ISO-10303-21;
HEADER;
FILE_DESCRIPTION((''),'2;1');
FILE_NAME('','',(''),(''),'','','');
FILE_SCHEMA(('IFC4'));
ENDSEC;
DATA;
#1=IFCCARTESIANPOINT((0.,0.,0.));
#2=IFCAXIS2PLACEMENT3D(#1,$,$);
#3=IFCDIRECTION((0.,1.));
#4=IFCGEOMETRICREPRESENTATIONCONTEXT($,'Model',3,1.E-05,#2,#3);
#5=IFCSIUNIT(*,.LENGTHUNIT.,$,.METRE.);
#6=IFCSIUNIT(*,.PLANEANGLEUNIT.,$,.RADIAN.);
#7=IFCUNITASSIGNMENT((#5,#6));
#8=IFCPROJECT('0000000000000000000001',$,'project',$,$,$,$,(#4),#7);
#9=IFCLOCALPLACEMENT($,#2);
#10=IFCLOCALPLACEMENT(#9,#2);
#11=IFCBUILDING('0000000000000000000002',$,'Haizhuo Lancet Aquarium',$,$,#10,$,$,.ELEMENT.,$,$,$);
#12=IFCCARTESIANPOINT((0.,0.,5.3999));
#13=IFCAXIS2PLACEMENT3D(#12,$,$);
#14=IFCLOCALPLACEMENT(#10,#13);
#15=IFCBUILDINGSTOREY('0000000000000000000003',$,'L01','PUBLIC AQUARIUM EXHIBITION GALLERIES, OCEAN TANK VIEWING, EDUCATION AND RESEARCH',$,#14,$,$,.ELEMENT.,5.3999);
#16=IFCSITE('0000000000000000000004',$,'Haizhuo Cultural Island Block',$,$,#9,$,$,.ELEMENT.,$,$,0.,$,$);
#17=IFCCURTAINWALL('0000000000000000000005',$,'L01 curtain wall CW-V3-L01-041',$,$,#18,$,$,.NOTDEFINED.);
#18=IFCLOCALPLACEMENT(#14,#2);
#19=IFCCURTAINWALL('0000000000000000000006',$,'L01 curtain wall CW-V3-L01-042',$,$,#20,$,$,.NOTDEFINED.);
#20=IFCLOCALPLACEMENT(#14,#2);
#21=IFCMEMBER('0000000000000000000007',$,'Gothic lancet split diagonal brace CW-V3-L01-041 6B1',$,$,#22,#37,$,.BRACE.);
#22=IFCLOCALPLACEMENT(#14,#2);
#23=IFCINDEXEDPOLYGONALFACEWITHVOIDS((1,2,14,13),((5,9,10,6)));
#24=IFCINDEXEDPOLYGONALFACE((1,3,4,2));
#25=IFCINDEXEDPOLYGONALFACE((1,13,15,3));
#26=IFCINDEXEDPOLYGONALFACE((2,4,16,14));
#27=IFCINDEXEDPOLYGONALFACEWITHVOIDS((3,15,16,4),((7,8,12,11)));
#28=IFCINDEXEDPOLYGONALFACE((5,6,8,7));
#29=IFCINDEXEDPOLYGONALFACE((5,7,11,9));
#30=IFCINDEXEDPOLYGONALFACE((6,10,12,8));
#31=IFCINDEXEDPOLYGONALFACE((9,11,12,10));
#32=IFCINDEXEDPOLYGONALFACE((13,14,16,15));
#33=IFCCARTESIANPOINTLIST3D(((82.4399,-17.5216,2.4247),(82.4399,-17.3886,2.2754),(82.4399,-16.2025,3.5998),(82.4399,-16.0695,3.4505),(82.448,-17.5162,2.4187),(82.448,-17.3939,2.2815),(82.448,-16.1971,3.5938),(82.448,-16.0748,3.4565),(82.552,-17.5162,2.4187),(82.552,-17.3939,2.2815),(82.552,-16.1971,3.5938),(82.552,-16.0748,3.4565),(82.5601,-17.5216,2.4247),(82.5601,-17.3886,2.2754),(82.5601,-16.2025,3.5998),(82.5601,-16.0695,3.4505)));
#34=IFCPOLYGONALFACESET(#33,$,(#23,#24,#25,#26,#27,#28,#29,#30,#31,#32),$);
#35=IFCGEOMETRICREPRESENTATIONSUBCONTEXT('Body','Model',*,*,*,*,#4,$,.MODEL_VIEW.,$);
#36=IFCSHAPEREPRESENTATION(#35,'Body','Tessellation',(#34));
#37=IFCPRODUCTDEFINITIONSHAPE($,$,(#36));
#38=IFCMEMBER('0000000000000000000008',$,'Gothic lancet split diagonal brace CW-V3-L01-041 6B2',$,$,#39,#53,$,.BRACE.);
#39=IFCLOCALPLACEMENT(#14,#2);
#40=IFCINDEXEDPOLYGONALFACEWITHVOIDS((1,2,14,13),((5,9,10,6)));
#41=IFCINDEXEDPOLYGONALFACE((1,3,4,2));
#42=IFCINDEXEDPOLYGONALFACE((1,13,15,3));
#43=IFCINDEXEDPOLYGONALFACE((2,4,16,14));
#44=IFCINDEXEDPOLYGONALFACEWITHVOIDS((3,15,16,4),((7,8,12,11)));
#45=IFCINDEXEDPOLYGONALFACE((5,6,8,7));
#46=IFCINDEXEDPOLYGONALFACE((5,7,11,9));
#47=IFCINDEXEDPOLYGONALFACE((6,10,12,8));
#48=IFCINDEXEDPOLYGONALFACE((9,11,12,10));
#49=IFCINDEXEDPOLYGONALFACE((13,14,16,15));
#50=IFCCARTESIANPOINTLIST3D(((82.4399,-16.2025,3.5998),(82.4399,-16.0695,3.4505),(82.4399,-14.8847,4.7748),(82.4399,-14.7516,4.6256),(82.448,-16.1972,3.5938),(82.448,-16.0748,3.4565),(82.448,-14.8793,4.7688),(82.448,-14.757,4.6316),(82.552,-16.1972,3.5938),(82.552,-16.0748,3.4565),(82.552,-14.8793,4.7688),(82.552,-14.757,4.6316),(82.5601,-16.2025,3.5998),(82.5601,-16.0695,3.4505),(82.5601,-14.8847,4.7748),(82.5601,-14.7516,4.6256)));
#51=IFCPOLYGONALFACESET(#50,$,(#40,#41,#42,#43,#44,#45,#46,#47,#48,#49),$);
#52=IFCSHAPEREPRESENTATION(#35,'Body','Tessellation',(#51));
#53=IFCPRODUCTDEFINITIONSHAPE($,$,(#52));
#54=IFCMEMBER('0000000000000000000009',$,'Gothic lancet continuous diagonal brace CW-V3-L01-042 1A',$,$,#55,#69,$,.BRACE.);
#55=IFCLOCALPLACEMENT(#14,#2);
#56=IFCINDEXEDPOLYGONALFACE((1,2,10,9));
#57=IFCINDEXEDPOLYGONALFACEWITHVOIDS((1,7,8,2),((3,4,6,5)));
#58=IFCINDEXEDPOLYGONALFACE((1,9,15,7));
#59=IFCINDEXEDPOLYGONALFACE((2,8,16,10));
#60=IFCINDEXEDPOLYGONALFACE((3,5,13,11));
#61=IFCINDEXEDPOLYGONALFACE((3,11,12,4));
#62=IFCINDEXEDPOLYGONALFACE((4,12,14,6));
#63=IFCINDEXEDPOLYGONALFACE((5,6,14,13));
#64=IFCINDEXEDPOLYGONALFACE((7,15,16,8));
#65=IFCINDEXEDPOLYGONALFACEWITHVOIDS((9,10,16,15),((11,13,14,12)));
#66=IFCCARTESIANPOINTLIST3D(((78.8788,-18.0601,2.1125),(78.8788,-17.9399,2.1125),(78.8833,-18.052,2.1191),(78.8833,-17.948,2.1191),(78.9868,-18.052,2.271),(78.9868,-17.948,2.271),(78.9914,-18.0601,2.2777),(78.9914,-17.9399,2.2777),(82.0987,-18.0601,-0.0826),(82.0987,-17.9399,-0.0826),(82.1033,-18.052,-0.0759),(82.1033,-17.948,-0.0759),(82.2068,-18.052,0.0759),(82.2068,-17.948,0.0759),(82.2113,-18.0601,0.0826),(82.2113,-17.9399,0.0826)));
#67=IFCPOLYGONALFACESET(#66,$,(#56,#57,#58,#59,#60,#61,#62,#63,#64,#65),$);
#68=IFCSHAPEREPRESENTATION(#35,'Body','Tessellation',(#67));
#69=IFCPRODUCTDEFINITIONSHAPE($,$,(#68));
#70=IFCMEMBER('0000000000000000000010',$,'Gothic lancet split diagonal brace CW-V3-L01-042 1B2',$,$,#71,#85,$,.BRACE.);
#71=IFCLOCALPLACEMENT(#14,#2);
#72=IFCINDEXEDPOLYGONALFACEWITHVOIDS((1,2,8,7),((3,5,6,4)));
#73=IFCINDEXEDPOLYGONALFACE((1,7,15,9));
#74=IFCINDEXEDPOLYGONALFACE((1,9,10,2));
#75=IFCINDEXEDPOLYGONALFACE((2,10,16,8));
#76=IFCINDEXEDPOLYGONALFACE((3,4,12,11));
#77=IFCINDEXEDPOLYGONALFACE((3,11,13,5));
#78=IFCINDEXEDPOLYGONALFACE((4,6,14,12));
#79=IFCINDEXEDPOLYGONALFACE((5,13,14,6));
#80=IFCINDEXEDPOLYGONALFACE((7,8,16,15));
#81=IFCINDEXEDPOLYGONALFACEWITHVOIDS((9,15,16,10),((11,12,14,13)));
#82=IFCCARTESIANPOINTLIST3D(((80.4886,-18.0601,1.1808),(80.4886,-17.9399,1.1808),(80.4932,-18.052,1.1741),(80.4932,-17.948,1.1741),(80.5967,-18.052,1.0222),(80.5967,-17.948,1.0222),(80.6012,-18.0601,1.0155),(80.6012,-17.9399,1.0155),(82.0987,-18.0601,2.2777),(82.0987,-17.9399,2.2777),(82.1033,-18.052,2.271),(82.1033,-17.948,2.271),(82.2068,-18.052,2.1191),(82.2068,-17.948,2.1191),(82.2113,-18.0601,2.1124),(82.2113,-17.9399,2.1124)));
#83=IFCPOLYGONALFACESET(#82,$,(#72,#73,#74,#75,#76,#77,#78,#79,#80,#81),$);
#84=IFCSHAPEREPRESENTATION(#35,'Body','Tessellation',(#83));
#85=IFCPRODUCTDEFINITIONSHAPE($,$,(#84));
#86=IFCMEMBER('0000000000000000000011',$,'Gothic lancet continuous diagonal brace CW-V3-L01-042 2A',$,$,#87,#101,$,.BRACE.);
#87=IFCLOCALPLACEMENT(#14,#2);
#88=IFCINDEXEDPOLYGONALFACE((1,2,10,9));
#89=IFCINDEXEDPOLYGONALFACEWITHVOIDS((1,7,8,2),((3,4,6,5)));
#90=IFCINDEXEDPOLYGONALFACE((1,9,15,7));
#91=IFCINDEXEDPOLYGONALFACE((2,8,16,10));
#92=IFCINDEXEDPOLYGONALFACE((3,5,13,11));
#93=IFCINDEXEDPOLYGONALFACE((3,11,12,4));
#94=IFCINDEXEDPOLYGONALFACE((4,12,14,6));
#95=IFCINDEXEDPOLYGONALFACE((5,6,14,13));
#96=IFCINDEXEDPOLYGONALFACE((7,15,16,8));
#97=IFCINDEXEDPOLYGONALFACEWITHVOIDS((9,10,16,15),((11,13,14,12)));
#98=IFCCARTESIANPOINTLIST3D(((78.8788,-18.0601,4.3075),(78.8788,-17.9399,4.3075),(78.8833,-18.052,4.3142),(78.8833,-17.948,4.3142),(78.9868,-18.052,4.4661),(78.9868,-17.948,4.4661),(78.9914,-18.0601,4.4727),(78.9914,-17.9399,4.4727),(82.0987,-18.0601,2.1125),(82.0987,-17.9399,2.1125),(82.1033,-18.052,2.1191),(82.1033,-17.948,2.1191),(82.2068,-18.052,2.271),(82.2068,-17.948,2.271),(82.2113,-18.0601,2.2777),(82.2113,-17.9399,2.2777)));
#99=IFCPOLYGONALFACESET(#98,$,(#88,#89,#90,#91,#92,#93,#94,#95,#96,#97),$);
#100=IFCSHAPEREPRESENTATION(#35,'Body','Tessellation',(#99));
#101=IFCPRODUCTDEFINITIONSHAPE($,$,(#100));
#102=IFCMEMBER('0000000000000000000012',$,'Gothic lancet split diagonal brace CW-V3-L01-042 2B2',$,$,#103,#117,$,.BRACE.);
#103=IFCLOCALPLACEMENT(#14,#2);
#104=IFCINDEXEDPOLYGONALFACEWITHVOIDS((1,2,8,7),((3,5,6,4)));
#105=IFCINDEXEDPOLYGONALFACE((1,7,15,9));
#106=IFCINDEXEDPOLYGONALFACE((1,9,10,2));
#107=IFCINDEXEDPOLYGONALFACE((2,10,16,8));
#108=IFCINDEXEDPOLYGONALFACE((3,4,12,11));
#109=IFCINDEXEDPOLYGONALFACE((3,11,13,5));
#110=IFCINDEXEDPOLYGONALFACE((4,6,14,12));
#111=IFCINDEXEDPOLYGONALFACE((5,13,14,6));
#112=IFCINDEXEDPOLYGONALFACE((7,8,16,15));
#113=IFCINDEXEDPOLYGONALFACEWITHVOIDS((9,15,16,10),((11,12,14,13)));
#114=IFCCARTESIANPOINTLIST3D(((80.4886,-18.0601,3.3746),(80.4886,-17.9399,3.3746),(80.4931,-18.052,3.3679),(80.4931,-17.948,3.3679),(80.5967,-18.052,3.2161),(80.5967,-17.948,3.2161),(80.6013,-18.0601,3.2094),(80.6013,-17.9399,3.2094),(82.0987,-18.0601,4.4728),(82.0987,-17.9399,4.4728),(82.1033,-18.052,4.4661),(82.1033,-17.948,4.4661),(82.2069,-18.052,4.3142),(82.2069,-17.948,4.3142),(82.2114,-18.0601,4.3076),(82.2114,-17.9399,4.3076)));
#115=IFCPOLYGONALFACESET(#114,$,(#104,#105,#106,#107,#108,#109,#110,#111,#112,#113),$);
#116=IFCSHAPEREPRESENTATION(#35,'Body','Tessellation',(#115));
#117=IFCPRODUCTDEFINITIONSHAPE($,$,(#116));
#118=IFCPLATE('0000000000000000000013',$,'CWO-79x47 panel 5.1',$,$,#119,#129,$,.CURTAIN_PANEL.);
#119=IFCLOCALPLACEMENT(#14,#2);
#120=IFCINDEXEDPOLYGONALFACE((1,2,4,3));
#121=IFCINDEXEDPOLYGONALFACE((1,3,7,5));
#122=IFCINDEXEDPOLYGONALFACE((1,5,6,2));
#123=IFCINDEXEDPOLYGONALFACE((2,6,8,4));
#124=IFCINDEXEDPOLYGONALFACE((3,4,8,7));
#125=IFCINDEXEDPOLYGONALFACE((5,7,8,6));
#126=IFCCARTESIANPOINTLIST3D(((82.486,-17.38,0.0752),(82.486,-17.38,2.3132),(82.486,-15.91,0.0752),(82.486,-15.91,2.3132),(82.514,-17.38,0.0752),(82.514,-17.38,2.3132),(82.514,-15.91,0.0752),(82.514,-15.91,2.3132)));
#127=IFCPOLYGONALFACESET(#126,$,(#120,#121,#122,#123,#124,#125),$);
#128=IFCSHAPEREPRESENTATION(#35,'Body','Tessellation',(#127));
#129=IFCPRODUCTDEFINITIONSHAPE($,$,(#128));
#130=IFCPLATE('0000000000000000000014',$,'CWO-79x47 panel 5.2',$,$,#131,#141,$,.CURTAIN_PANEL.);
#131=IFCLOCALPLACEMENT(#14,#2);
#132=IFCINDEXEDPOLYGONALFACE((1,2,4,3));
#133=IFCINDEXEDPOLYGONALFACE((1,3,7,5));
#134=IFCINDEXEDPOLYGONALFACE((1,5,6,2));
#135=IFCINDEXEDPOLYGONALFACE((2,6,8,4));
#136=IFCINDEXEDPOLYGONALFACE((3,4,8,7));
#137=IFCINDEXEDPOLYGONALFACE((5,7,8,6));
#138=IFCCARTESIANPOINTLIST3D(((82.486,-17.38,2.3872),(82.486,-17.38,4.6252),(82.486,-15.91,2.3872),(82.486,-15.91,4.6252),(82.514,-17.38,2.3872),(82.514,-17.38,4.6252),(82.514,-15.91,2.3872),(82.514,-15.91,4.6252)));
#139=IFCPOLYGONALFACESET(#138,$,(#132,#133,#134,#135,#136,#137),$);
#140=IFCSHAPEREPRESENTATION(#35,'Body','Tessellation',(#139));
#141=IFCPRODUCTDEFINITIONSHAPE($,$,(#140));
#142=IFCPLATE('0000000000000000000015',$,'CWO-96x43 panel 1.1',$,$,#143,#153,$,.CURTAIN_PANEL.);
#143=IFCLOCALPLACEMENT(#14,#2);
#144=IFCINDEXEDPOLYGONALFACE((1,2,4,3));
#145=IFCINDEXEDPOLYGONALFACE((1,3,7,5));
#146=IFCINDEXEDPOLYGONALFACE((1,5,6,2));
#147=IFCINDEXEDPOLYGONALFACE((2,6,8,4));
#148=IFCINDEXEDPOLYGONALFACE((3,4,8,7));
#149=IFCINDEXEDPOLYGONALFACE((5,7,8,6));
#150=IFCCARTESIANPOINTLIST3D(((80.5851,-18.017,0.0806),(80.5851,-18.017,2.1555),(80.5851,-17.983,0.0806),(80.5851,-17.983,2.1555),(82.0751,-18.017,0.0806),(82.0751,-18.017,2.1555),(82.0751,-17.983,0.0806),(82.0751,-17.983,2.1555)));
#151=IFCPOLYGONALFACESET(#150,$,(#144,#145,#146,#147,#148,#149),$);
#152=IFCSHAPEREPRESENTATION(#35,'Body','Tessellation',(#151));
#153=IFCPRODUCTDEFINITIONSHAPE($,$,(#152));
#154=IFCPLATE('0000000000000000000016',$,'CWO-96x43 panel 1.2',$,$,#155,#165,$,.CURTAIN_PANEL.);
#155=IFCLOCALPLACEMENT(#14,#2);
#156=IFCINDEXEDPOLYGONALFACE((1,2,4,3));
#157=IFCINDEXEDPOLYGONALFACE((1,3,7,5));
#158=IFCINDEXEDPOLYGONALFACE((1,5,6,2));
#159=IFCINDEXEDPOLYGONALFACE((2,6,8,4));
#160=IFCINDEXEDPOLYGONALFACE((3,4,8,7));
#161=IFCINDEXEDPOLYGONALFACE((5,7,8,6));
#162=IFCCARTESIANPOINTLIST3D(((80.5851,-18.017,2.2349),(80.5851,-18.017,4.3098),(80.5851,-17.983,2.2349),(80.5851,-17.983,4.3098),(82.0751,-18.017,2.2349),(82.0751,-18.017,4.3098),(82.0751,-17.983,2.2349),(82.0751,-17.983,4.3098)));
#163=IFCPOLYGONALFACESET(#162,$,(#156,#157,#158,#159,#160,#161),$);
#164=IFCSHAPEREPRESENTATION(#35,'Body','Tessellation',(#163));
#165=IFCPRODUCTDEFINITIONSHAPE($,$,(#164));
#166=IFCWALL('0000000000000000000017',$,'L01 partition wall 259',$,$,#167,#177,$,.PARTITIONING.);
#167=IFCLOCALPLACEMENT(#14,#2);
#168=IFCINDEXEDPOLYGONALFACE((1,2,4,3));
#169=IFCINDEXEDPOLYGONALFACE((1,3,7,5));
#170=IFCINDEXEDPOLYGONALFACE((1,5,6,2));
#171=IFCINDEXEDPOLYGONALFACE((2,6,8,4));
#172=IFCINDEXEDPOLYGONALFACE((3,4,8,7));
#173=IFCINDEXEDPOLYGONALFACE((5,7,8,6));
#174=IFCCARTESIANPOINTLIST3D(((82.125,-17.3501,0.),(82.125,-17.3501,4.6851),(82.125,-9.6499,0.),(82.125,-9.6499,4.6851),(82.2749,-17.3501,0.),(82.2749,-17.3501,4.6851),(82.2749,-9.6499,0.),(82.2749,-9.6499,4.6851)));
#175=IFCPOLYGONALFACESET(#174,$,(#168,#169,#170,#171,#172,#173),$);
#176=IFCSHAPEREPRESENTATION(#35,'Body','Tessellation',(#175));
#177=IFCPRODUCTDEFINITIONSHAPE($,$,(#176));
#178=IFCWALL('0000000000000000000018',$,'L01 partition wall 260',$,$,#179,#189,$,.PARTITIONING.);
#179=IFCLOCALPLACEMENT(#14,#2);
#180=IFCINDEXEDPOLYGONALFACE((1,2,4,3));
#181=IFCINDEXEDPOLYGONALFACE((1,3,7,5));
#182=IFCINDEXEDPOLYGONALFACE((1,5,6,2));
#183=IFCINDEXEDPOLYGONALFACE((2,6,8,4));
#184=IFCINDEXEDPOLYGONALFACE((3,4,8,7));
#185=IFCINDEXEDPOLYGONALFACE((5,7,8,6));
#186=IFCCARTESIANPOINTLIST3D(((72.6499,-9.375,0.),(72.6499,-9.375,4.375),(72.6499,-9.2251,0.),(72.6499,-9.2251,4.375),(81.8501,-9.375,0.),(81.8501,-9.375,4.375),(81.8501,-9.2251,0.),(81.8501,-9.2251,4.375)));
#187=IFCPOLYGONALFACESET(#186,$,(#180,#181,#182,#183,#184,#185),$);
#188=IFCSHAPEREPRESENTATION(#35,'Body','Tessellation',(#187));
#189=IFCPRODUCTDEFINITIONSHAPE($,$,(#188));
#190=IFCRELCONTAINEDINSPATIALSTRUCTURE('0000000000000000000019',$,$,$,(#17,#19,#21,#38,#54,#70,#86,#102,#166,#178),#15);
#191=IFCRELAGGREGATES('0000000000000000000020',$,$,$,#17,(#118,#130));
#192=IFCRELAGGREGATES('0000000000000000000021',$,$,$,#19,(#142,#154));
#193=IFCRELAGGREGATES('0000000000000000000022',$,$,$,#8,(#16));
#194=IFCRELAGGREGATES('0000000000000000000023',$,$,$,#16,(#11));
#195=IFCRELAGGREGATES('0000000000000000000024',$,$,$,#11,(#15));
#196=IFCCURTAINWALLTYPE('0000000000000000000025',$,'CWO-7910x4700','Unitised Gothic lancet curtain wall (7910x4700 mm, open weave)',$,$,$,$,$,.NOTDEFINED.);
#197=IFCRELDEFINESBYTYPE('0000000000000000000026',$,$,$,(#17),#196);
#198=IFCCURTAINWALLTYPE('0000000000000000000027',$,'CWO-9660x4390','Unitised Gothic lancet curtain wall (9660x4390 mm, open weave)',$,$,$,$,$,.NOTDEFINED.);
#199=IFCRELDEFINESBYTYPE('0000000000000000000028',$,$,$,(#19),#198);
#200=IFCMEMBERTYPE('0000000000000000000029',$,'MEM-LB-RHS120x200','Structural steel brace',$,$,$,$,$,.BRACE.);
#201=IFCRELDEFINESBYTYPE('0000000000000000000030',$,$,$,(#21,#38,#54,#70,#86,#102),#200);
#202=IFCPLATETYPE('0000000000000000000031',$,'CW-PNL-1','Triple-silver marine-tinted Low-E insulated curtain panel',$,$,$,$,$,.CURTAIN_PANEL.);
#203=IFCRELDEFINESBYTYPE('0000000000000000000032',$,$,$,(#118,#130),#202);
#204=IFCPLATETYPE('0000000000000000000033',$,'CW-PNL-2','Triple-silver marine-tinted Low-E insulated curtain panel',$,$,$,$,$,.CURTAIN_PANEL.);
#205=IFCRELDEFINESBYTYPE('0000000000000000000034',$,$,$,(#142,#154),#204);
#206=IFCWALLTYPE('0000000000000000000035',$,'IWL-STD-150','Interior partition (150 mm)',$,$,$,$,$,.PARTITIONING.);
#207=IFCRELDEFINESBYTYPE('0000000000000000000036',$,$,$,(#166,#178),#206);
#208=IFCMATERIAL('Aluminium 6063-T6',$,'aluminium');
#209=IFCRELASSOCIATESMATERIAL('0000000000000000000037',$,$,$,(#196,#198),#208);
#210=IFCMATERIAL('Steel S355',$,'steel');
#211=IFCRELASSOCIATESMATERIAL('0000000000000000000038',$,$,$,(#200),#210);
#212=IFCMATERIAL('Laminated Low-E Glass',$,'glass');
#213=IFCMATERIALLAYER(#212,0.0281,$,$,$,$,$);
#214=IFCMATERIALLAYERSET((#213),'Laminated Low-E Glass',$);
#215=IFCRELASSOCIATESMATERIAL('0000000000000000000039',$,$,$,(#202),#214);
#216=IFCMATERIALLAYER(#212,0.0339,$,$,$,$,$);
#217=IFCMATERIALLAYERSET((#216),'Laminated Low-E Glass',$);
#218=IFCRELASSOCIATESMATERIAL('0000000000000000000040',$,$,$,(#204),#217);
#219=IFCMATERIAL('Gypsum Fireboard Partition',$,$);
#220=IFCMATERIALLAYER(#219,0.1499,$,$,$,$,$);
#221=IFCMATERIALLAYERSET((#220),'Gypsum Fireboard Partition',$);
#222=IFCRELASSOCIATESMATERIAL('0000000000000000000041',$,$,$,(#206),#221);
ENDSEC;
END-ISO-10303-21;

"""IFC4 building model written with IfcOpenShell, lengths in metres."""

from ifc_helpers import new_model, si_unit, direction, frame, frame_2d, origin, origin_2d, place, context, subcontext, project, spatial, rectangle, hollow_rectangle, extrude, material, layer, layer_set, material_profile, profile_set, type_object, element, aggregate, save


model = new_model("IFC4")

# Units and contexts
model_context = context("Model", 3, precision=1e-05, world=origin(), true_north=direction((0.0, 1.0)))
body_context = subcontext(model_context, "Body", "Model", "MODEL_VIEW")
ifc_project = project(units=[si_unit("LENGTHUNIT", "METRE"), si_unit("PLANEANGLEUNIT", "RADIAN")], contexts=[model_context])

# Site, building, storey
site_placement = place(None, origin())
site = spatial("IfcSite", under=ifc_project, at=site_placement, Name="Haizhuo Cultural Island Block", CompositionType="ELEMENT", RefElevation=0.0)
building_placement = place(site_placement, origin())
building = spatial("IfcBuilding", under=site, at=building_placement, Name="Haizhuo Lancet Aquarium", CompositionType="ELEMENT")
storey_placement = place(building_placement, frame((0.0, 0.0, 5.3999)))
storey = spatial("IfcBuildingStorey", under=building, at=storey_placement, Name="L01", Description="PUBLIC AQUARIUM EXHIBITION GALLERIES, OCEAN TANK VIEWING, EDUCATION AND RESEARCH", CompositionType="ELEMENT", Elevation=5.3999)

# Curtain wall
ifc_material_1 = material(Name="Aluminium 6063-T6", Category="aluminium")
curtain_wall_type_1 = type_object("IfcCurtainWallType", Name="CWO-7910x4700", Description="Unitised Gothic lancet curtain wall (7910x4700 mm, open weave)", PredefinedType="NOTDEFINED", material=ifc_material_1)
curtain_wall_1_placement = place(storey_placement, origin())
curtain_wall_1 = element("IfcCurtainWall", 1, at=curtain_wall_1_placement, inside=storey, type_object=curtain_wall_type_1, Name="L01 curtain wall CW-V3-L01-041", PredefinedType="NOTDEFINED")

# Curtain wall
curtain_wall_type_2 = type_object("IfcCurtainWallType", Name="CWO-9660x4390", Description="Unitised Gothic lancet curtain wall (9660x4390 mm, open weave)", PredefinedType="NOTDEFINED", material=ifc_material_1)
curtain_wall_2_placement = place(storey_placement, origin())
curtain_wall_2 = element("IfcCurtainWall", 2, at=curtain_wall_2_placement, inside=storey, type_object=curtain_wall_type_2, Name="L01 curtain wall CW-V3-L01-042", PredefinedType="NOTDEFINED")

# Members
ifc_material_2 = material(Name="Steel S355", Category="steel")
ifc_material_profile_1 = material_profile(ifc_material_2, hollow_rectangle(XDim=0.1201, YDim=0.2, WallThickness=0.0081, at=origin_2d()), Name="RHS 120x200x8")
ifc_profile_set_1 = profile_set([ifc_material_profile_1], Name="Steel S355")
member_type_1 = type_object("IfcMemberType", Name="MEM-LB-RHS120x200", Description="Structural steel brace", PredefinedType="BRACE", material=ifc_profile_set_1)
member_1_placement = place(storey_placement, frame((82.5, -17.4551, 2.3501), z_axis=(0.0, 0.7467, 0.665161), x_axis=(-1.0, 0.0, 0.0)))
element("IfcMember", 3, at=member_1_placement, inside=storey, type_object=member_type_1, Name="Gothic lancet split diagonal brace CW-V3-L01-041 6B1", PredefinedType="BRACE", context=body_context, shape_type="SweptSolid", body=[
    extrude(hollow_rectangle(XDim=0.1201, YDim=0.2, WallThickness=0.0081, at=origin_2d()), origin(), (0.0, 0.0, 1.0), 1.7666),
])
member_2_placement = place(storey_placement, frame((82.5, -16.136, 3.5251), z_axis=(0.0, 0.746394, 0.665505), x_axis=(-1.0, 0.0, 0.0)))
element("IfcMember", 4, at=member_2_placement, inside=storey, type_object=member_type_1, Name="Gothic lancet split diagonal brace CW-V3-L01-041 6B2", PredefinedType="BRACE", context=body_context, shape_type="SweptSolid", body=[
    extrude(hollow_rectangle(XDim=0.1201, YDim=0.2, WallThickness=0.0081, at=origin_2d()), origin(), (0.0, 0.0, 1.0), 1.7656),
])
member_3_placement = place(storey_placement, frame((82.155, -18.0, 0.0), z_axis=(-0.826271, 0.0, 0.563273), x_axis=(0.0, -1.0, 0.0)))
element("IfcMember", 5, at=member_3_placement, inside=storey, type_object=member_type_1, Name="Gothic lancet continuous diagonal brace CW-V3-L01-042 1A", PredefinedType="BRACE", context=body_context, shape_type="SweptSolid", body=[
    extrude(hollow_rectangle(XDim=0.1201, YDim=0.2, WallThickness=0.0081, at=origin_2d()), origin(), (0.0, 0.0, 1.0), 3.897),
])
member_4_placement = place(storey_placement, frame((80.5449, -18.0, 1.0981), z_axis=(0.826437, 0.0, 0.56303), x_axis=(0.0, 1.0, 0.0)))
element("IfcMember", 6, at=member_4_placement, inside=storey, type_object=member_type_1, Name="Gothic lancet split diagonal brace CW-V3-L01-042 1B2", PredefinedType="BRACE", context=body_context, shape_type="SweptSolid", body=[
    extrude(hollow_rectangle(XDim=0.1201, YDim=0.2, WallThickness=0.0081, at=origin_2d()), origin(), (0.0, 0.0, 1.0), 1.9482),
])
member_5_placement = place(storey_placement, frame((82.155, -18.0, 2.1951), z_axis=(-0.826271, 0.0, 0.563273), x_axis=(0.0, -1.0, 0.0)))
element("IfcMember", 7, at=member_5_placement, inside=storey, type_object=member_type_1, Name="Gothic lancet continuous diagonal brace CW-V3-L01-042 2A", PredefinedType="BRACE", context=body_context, shape_type="SweptSolid", body=[
    extrude(hollow_rectangle(XDim=0.1201, YDim=0.2, WallThickness=0.0081, at=origin_2d()), origin(), (0.0, 0.0, 1.0), 3.897),
])
member_6_placement = place(storey_placement, frame((80.5449, -18.0, 3.292), z_axis=(0.826145, 0.0, 0.563457), x_axis=(0.0, 1.0, 0.0)))
element("IfcMember", 8, at=member_6_placement, inside=storey, type_object=member_type_1, Name="Gothic lancet split diagonal brace CW-V3-L01-042 2B2", PredefinedType="BRACE", context=body_context, shape_type="SweptSolid", body=[
    extrude(hollow_rectangle(XDim=0.1201, YDim=0.2, WallThickness=0.0081, at=origin_2d()), origin(), (0.0, 0.0, 1.0), 1.949),
])

# Plates
ifc_material_3 = material(Name="Laminated Low-E Glass", Category="glass")
ifc_layer_1 = layer(ifc_material_3, 0.0281)
ifc_layer_set_1 = layer_set([ifc_layer_1], Name="Laminated Low-E Glass")
plate_type_1 = type_object("IfcPlateType", Name="CW-PNL-1", Description="Triple-silver marine-tinted Low-E insulated curtain panel", PredefinedType="CURTAIN_PANEL", material=ifc_layer_set_1)
plate_1_placement = place(storey_placement, frame((82.5, -16.645, 0.0752), z_axis=(0.0, 0.0, 1.0), x_axis=(0.0, -1.0, 0.0)))
plate_1 = element("IfcPlate", 9, at=plate_1_placement, type_object=plate_type_1, Name="CWO-79x47 panel 5.1", PredefinedType="CURTAIN_PANEL", context=body_context, shape_type="SweptSolid", body=[
    extrude(rectangle(XDim=1.47, YDim=0.0281, at=origin_2d()), origin(), (0.0, 0.0, 1.0), 2.238),
])
plate_2_placement = place(storey_placement, frame((82.5, -16.645, 2.3872), z_axis=(0.0, 0.0, 1.0), x_axis=(0.0, -1.0, 0.0)))
plate_2 = element("IfcPlate", 10, at=plate_2_placement, type_object=plate_type_1, Name="CWO-79x47 panel 5.2", PredefinedType="CURTAIN_PANEL", context=body_context, shape_type="SweptSolid", body=[
    extrude(rectangle(XDim=1.47, YDim=0.0281, at=origin_2d()), origin(), (0.0, 0.0, 1.0), 2.238),
])
aggregate(curtain_wall_1, [plate_1, plate_2])
ifc_layer_2 = layer(ifc_material_3, 0.0339)
ifc_layer_set_2 = layer_set([ifc_layer_2], Name="Laminated Low-E Glass")
plate_type_2 = type_object("IfcPlateType", Name="CW-PNL-2", Description="Triple-silver marine-tinted Low-E insulated curtain panel", PredefinedType="CURTAIN_PANEL", material=ifc_layer_set_2)
plate_3_placement = place(storey_placement, frame((81.3301, -18.0, 0.0806), z_axis=(0.0, 0.0, 1.0), x_axis=(-1.0, 0.0, 0.0)))
plate_3 = element("IfcPlate", 11, at=plate_3_placement, type_object=plate_type_2, Name="CWO-96x43 panel 1.1", PredefinedType="CURTAIN_PANEL", context=body_context, shape_type="SweptSolid", body=[
    extrude(rectangle(XDim=1.49, YDim=0.0339, at=origin_2d()), origin(), (0.0, 0.0, 1.0), 2.075),
])
plate_4_placement = place(storey_placement, frame((81.3301, -18.0, 2.2349), z_axis=(0.0, 0.0, 1.0), x_axis=(-1.0, 0.0, 0.0)))
plate_4 = element("IfcPlate", 12, at=plate_4_placement, type_object=plate_type_2, Name="CWO-96x43 panel 1.2", PredefinedType="CURTAIN_PANEL", context=body_context, shape_type="SweptSolid", body=[
    extrude(rectangle(XDim=1.49, YDim=0.0339, at=origin_2d()), origin(), (0.0, 0.0, 1.0), 2.075),
])
aggregate(curtain_wall_2, [plate_3, plate_4])

# Walls
ifc_material_4 = material(Name="Gypsum Fireboard Partition")
ifc_layer_3 = layer(ifc_material_4, 0.1499)
ifc_layer_set_3 = layer_set([ifc_layer_3], Name="Gypsum Fireboard Partition")
wall_type = type_object("IfcWallType", Name="IWL-STD-150", Description="Interior partition (150 mm)", PredefinedType="PARTITIONING", material=ifc_layer_set_3)
wall_1_placement = place(storey_placement, frame((82.2, -17.3501, 0.0), z_axis=(0.0, 0.0, 1.0), x_axis=(0.0, 1.0, 0.0)))
element("IfcWall", 13, at=wall_1_placement, inside=storey, type_object=wall_type, Name="L01 partition wall 259", PredefinedType="PARTITIONING", context=body_context, shape_type="SweptSolid", body=[
    extrude(rectangle(XDim=7.7002, YDim=0.1499, at=frame_2d((3.8501, 0.0))), origin(), (0.0, 0.0, 1.0), 4.6851),
])
wall_2_placement = place(storey_placement, frame((81.8501, -9.3, 0.0), z_axis=(0.0, 0.0, 1.0), x_axis=(-1.0, 0.0, 0.0)))
element("IfcWall", 14, at=wall_2_placement, inside=storey, type_object=wall_type, Name="L01 partition wall 260", PredefinedType="PARTITIONING", context=body_context, shape_type="SweptSolid", body=[
    extrude(rectangle(XDim=9.2002, YDim=0.1499, at=frame_2d((4.6001, 0.0))), origin(), (0.0, 0.0, 1.0), 4.375),
])

save(model, "model.ifc")
